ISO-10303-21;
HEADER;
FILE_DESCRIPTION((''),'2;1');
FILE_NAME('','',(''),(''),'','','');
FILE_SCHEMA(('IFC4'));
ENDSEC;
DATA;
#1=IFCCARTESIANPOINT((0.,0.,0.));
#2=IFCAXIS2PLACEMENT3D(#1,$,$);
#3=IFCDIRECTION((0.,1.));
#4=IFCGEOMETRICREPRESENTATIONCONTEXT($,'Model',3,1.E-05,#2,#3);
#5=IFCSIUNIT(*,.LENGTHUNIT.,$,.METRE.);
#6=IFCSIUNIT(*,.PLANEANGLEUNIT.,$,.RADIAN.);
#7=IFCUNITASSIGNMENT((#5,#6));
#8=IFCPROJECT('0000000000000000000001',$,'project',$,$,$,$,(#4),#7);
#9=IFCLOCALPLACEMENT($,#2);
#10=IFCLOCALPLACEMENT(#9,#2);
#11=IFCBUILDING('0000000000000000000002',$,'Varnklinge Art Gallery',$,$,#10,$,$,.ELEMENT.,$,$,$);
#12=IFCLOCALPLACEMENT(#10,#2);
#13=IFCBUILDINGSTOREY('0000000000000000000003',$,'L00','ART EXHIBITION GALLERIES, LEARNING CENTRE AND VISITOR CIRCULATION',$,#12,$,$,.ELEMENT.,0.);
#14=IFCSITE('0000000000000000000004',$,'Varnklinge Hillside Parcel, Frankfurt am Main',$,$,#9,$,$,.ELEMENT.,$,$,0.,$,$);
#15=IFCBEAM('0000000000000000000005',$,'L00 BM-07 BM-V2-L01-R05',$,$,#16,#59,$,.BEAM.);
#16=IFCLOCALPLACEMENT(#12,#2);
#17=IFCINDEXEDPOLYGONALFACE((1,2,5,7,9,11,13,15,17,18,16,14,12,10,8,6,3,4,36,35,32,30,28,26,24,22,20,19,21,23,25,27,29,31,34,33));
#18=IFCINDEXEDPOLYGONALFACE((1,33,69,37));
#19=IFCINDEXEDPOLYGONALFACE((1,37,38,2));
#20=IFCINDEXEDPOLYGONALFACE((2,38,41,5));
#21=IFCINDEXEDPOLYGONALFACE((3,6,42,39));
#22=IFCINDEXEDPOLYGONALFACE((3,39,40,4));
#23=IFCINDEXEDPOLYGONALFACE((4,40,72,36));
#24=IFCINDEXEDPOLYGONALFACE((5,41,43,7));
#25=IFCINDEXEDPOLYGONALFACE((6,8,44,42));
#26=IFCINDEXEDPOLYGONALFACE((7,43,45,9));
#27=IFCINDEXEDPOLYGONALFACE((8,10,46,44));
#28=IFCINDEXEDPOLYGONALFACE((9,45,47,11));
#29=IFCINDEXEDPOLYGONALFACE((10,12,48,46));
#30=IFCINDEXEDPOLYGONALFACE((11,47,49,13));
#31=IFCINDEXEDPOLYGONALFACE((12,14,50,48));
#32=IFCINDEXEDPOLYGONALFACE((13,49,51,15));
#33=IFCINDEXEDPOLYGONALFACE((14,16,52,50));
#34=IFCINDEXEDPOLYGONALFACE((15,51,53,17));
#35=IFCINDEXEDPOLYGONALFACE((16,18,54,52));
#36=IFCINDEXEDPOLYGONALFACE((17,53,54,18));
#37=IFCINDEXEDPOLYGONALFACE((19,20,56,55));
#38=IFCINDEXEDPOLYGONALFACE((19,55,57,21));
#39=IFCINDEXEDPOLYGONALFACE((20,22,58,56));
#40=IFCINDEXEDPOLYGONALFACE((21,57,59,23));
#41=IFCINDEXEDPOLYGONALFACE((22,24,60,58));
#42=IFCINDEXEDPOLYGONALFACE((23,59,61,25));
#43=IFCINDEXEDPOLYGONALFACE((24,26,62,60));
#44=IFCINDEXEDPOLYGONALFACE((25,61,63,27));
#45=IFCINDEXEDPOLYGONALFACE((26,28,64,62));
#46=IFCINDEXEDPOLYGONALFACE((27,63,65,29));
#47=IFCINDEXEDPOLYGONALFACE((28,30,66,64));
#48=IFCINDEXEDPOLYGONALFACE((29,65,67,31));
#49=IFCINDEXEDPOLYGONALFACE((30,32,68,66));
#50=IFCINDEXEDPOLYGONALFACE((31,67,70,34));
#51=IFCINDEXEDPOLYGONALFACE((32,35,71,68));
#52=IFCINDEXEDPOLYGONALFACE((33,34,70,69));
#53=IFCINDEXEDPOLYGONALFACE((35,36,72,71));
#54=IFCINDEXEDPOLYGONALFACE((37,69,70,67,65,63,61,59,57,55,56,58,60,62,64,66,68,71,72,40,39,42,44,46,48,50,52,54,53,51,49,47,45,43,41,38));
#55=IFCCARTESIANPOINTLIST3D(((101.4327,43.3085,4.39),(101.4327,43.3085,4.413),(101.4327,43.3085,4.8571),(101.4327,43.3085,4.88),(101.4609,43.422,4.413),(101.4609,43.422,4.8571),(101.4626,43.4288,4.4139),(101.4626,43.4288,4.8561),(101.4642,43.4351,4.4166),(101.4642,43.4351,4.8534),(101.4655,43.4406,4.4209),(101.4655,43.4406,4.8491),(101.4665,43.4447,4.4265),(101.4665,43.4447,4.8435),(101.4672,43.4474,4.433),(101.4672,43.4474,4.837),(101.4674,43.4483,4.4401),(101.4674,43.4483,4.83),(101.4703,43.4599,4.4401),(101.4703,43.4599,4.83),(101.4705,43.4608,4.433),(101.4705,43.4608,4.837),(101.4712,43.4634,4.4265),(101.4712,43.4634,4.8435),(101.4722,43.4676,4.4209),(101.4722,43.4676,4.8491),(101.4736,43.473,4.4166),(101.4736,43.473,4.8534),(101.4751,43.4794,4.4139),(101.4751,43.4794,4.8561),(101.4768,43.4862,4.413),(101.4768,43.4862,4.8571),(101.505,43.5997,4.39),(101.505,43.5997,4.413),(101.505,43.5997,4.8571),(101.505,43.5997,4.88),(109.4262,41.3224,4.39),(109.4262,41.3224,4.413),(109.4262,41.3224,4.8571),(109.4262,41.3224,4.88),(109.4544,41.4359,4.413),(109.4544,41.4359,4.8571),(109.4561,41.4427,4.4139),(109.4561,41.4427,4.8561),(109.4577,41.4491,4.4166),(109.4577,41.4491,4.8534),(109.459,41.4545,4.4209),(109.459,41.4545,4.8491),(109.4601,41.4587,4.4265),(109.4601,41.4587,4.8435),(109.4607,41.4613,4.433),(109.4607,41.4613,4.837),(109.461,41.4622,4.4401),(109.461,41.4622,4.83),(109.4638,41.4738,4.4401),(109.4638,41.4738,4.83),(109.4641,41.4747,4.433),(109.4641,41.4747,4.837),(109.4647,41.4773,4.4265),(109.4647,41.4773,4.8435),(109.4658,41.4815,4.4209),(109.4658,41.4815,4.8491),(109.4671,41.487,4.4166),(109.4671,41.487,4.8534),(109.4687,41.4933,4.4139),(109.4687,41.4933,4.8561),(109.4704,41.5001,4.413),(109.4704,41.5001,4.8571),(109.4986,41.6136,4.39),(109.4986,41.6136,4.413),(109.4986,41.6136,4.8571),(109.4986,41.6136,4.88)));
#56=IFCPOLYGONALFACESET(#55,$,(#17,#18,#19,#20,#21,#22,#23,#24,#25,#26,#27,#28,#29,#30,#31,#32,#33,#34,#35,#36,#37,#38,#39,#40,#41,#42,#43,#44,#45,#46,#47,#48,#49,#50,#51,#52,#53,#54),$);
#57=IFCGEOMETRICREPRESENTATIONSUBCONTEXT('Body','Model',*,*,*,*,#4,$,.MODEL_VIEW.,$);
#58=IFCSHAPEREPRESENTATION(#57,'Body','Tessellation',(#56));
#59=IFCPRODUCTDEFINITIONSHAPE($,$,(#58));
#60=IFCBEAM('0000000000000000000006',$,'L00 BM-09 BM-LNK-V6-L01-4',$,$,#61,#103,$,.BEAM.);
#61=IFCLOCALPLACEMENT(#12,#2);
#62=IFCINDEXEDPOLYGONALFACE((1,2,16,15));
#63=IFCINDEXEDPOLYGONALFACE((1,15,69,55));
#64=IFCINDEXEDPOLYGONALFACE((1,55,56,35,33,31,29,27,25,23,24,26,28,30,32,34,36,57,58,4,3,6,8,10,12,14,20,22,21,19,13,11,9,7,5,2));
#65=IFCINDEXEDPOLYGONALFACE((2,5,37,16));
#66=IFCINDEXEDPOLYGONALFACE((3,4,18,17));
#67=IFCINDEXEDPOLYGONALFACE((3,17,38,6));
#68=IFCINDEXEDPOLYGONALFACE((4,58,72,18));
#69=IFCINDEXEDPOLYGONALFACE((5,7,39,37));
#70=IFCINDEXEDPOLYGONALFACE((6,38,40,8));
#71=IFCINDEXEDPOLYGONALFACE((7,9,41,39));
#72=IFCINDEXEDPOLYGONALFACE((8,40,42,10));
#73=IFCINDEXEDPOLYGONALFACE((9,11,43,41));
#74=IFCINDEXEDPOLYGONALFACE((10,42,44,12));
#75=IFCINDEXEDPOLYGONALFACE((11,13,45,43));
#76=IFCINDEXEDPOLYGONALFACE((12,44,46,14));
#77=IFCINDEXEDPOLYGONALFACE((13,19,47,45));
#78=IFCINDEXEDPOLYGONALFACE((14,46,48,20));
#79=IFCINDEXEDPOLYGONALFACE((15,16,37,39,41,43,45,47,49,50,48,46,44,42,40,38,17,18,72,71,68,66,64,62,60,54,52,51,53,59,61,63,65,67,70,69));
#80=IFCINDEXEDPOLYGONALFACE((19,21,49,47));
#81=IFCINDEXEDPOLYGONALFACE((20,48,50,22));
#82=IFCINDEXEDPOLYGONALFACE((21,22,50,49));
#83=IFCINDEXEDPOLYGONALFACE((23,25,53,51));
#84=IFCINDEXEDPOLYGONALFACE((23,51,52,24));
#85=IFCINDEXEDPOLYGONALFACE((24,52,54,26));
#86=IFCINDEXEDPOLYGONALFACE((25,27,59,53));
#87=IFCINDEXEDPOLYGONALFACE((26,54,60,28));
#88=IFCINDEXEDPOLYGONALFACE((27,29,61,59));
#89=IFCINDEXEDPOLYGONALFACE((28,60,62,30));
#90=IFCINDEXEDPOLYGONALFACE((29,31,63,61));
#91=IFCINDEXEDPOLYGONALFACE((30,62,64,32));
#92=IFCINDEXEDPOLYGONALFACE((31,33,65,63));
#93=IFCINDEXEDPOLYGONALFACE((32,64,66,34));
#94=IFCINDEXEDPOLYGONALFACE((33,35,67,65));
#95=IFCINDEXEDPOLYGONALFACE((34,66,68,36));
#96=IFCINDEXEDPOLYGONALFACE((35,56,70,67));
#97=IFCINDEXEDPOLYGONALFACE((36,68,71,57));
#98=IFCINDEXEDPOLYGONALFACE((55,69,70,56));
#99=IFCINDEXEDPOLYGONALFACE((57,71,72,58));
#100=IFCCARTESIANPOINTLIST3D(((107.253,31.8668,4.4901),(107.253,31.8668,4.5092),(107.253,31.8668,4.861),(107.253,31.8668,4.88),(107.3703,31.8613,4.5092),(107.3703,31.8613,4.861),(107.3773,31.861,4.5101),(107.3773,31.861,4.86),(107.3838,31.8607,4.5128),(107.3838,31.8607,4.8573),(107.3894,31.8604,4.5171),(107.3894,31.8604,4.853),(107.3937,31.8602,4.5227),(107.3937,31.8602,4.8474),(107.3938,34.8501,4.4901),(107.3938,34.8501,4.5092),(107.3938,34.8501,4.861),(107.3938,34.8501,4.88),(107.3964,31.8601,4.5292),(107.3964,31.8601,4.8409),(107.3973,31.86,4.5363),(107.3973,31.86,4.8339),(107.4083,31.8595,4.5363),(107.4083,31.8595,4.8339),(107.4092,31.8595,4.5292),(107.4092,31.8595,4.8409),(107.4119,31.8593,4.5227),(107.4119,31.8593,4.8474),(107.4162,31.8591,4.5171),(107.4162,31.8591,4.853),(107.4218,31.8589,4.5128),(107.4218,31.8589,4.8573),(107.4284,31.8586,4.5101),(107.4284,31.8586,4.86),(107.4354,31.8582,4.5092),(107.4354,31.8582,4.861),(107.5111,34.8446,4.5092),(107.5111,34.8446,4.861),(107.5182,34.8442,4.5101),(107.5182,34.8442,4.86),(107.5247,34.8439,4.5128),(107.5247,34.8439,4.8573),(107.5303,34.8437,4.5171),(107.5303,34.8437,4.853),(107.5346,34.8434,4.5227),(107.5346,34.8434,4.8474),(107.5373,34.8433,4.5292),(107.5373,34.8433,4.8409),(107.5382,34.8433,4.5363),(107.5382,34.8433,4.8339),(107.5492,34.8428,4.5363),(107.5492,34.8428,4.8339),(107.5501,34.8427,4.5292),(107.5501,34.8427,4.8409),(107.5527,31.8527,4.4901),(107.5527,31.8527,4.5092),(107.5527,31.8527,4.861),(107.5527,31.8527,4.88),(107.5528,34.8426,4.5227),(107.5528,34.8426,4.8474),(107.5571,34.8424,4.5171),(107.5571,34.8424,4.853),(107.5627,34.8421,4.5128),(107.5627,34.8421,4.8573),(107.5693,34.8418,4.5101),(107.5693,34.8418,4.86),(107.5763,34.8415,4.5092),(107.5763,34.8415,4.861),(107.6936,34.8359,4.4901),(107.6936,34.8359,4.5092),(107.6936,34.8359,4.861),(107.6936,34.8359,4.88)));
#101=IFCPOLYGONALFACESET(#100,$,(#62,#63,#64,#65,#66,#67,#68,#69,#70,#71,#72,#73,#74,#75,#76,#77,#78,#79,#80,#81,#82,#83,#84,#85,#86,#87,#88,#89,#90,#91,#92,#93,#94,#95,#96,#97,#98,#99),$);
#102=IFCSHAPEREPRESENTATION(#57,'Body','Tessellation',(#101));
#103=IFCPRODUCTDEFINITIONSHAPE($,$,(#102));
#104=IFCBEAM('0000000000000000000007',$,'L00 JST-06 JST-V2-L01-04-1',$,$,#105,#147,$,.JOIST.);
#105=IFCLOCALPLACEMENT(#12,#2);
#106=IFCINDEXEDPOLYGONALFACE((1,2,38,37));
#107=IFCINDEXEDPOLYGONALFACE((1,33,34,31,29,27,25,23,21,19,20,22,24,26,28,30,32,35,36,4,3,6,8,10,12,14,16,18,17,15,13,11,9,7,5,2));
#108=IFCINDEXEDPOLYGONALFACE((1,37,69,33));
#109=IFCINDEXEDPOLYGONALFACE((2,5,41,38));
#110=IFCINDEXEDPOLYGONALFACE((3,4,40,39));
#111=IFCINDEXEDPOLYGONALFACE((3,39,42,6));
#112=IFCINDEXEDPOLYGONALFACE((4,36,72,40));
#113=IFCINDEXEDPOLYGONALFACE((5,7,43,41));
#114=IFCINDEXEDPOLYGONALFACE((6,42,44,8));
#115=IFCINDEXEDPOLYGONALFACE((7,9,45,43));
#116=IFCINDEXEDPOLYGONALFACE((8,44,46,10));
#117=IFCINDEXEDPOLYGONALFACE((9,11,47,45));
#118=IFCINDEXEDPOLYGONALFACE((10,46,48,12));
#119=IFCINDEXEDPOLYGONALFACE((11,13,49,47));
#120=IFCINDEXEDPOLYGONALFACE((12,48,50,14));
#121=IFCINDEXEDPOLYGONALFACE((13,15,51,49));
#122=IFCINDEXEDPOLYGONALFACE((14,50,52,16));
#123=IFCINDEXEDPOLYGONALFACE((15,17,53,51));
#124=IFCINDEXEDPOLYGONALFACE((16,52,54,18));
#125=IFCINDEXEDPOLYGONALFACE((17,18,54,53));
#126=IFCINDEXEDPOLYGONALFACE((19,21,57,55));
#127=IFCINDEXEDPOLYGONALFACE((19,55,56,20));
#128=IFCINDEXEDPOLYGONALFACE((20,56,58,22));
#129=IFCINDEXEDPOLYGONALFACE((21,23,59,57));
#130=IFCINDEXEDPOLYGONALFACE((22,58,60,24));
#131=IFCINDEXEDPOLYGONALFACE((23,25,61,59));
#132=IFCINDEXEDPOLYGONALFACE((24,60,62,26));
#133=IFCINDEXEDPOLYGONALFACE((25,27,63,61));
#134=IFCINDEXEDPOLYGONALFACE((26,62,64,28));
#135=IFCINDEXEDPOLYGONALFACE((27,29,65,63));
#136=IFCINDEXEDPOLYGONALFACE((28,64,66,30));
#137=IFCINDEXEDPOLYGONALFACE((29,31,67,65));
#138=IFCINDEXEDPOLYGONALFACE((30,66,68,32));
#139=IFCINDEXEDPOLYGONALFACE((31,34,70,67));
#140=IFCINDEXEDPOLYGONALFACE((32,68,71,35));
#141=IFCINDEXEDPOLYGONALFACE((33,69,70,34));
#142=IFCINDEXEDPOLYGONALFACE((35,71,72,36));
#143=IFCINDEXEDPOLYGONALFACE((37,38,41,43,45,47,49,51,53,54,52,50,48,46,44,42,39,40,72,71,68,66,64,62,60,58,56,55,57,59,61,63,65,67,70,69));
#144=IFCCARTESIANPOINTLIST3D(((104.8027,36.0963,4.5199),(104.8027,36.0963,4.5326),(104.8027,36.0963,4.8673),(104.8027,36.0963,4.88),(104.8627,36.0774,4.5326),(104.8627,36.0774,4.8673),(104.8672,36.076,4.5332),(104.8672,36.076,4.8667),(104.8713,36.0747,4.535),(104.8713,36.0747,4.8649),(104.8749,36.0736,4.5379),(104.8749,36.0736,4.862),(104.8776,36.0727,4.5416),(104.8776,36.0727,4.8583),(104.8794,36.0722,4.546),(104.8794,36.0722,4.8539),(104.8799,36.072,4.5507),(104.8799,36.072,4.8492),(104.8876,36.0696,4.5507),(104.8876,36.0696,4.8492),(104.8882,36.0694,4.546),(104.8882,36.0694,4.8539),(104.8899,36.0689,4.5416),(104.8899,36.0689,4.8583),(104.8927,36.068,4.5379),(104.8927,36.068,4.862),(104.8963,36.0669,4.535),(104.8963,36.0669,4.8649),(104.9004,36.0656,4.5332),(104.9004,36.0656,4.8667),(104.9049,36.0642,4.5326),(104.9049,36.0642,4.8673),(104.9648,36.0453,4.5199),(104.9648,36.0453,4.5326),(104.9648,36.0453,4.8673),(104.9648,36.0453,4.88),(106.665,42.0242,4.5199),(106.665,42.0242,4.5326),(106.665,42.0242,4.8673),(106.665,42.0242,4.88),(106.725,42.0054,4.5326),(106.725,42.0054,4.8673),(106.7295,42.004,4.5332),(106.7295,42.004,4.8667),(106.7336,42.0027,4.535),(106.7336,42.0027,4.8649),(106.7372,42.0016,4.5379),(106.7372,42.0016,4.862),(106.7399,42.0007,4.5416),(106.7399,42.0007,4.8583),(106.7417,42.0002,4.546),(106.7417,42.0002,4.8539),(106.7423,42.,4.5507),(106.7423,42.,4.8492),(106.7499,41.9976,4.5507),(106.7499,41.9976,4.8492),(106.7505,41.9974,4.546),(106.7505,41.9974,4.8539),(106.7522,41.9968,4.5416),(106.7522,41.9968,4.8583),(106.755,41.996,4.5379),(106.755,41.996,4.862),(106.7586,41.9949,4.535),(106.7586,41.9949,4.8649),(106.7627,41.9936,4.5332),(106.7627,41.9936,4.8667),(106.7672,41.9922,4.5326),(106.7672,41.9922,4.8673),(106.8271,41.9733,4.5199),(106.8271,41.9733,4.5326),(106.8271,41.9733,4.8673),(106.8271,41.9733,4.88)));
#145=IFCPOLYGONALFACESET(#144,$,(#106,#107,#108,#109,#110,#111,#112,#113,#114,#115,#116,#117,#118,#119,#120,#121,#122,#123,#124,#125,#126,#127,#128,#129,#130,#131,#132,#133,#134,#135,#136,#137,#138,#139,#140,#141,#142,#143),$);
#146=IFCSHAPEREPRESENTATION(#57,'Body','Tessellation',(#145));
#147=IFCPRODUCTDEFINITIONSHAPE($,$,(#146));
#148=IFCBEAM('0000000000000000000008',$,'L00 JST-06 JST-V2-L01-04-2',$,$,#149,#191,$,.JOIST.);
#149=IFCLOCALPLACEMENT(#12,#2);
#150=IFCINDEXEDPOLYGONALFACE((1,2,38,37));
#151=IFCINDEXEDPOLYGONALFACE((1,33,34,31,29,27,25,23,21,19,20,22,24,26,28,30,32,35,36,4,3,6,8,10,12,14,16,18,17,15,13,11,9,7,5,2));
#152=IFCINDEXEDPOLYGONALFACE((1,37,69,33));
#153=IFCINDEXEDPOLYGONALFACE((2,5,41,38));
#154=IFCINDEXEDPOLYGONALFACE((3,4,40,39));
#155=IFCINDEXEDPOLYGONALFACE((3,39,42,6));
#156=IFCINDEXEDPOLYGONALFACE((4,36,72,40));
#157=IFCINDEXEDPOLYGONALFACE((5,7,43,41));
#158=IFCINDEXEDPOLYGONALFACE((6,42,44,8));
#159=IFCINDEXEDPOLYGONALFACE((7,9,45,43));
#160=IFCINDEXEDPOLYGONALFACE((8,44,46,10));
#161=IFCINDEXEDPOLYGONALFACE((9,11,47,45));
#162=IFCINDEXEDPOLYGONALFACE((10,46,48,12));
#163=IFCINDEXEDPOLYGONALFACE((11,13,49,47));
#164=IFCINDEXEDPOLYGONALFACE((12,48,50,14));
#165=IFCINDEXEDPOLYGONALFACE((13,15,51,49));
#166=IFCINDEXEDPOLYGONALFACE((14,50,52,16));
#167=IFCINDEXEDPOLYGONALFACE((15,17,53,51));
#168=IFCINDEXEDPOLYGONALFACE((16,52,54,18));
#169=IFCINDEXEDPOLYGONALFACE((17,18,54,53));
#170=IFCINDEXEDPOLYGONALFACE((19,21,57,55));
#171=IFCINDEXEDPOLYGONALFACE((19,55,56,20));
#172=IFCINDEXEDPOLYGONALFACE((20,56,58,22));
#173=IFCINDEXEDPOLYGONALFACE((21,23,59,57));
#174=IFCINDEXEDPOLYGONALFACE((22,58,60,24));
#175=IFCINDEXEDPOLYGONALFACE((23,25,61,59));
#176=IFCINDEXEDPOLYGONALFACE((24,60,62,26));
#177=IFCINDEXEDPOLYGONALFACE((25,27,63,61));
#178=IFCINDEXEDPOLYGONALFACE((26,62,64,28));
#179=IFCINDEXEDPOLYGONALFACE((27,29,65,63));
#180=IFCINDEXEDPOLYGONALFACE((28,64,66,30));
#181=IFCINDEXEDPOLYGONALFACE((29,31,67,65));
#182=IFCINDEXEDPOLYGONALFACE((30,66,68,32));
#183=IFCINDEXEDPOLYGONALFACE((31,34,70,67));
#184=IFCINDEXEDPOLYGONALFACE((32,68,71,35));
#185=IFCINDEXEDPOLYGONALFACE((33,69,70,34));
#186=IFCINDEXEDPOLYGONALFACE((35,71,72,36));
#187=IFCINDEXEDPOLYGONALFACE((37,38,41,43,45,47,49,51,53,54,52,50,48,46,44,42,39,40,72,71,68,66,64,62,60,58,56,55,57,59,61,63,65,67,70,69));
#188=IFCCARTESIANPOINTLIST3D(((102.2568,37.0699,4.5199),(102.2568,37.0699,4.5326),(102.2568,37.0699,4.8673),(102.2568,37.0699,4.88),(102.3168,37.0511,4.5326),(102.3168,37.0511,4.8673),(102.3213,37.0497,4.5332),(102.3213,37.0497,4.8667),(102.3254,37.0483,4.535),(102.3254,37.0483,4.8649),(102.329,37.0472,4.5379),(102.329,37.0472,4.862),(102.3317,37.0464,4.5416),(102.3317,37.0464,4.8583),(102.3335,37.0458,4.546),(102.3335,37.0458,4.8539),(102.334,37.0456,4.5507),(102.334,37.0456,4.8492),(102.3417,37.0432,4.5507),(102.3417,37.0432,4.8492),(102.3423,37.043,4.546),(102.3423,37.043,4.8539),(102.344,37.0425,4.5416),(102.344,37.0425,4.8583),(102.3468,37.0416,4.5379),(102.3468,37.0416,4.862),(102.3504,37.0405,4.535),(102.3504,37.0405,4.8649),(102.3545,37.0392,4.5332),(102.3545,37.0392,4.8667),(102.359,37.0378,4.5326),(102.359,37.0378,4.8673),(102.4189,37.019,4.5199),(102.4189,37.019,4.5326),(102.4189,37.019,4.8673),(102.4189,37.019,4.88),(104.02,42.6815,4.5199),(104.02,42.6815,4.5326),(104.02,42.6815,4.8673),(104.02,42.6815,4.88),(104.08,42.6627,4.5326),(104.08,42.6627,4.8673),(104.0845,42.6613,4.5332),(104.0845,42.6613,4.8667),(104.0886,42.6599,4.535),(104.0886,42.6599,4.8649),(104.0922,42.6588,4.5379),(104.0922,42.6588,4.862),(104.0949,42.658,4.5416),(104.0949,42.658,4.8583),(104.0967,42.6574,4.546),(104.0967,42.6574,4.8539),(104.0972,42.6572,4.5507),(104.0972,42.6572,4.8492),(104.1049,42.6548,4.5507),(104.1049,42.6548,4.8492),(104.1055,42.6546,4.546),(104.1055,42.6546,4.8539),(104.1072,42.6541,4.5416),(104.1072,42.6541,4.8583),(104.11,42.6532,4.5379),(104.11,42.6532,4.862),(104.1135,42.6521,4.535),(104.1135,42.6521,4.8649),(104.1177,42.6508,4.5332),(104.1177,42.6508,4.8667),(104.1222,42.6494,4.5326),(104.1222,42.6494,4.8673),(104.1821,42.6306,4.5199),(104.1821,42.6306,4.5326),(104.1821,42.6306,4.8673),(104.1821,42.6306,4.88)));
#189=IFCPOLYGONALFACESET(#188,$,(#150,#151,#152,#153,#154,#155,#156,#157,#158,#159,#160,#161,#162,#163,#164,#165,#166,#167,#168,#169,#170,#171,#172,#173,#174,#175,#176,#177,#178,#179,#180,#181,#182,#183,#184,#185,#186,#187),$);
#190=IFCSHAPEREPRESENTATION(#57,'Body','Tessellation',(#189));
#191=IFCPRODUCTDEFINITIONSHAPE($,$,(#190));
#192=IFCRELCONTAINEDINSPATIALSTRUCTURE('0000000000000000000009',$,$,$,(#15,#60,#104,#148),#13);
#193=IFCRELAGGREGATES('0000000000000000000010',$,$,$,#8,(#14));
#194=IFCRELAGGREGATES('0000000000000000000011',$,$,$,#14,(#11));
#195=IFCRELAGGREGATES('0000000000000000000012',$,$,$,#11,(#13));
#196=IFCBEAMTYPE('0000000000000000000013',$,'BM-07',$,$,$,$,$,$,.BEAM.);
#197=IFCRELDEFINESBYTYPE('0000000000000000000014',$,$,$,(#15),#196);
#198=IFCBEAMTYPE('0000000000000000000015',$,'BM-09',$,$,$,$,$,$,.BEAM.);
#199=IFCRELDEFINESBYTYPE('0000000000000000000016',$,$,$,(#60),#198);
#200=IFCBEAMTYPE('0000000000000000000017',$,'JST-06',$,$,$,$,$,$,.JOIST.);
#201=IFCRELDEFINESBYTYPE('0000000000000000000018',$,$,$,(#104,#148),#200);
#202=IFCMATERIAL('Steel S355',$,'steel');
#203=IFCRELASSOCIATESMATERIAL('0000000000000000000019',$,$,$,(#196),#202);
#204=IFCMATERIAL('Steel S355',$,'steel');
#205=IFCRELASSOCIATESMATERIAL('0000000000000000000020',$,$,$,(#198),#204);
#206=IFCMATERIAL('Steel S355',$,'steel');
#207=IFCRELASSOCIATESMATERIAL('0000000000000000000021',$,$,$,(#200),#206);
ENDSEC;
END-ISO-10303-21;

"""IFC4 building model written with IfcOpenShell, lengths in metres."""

from ifc_helpers import new_model, si_unit, direction, frame, origin, origin_2d, place, context, subcontext, project, spatial, i_section, extrude, material, material_profile, profile_set, type_object, element, save


model = new_model("IFC4")

# Units and contexts
model_context = context("Model", 3, precision=1e-05, world=origin(), true_north=direction((0.0, 1.0)))
body_context = subcontext(model_context, "Body", "Model", "MODEL_VIEW")
ifc_project = project(units=[si_unit("LENGTHUNIT", "METRE"), si_unit("PLANEANGLEUNIT", "RADIAN")], contexts=[model_context])

# Site, building, storey
site_placement = place(None, origin())
site = spatial("IfcSite", under=ifc_project, at=site_placement, Name="Varnklinge Hillside Parcel, Frankfurt am Main", CompositionType="ELEMENT", RefElevation=0.0)
building_placement = place(site_placement, origin())
building = spatial("IfcBuilding", under=site, at=building_placement, Name="Varnklinge Art Gallery", CompositionType="ELEMENT")
storey_placement = place(building_placement, origin())
storey = spatial("IfcBuildingStorey", under=building, at=storey_placement, Name="L00", Description="ART EXHIBITION GALLERIES, LEARNING CENTRE AND VISITOR CIRCULATION", CompositionType="ELEMENT", Elevation=0.0)

# Beams
ifc_material_1 = material(Name="Steel S355", Category="steel")
ifc_material_profile_1 = material_profile(ifc_material_1, i_section(OverallWidth=0.3, OverallDepth=0.49, WebThickness=0.012, FlangeThickness=0.0229, FilletRadius=0.0271, at=origin_2d()), Name="HEA 500")
ifc_profile_set_1 = profile_set([ifc_material_profile_1], Name="Steel S355")
beam_type_1 = type_object("IfcBeamType", Name="BM-07", PredefinedType="BEAM", material=ifc_profile_set_1)
beam_1_placement = place(storey_placement, frame((109.4624, 41.468, 4.635), z_axis=(-0.970494, 0.241127, 0.0), x_axis=(-0.241127, -0.970494, 0.0)))
element("IfcBeam", 1, at=beam_1_placement, inside=storey, type_object=beam_type_1, Name="L00 BM-07 BM-V2-L01-R05", PredefinedType="BEAM", context=body_context, shape_type="SweptSolid", body=[
    extrude(i_section(OverallWidth=0.3, OverallDepth=0.49, WebThickness=0.012, FlangeThickness=0.0229, FilletRadius=0.0271, at=origin_2d()), origin(), (0.0, 0.0, 1.0), 8.2366),
])
ifc_material_2 = material(Name="Steel S355", Category="steel")
ifc_material_profile_2 = material_profile(ifc_material_2, i_section(OverallWidth=0.3, OverallDepth=0.3899, WebThickness=0.011, FlangeThickness=0.019, FilletRadius=0.0271, at=origin_2d()), Name="HEA 400")
ifc_profile_set_2 = profile_set([ifc_material_profile_2], Name="Steel S355")
beam_type_2 = type_object("IfcBeamType", Name="BM-09", PredefinedType="BEAM", material=ifc_profile_set_2)
beam_2_placement = place(storey_placement, frame((107.5437, 34.843, 4.6851), z_axis=(-0.047169, -0.998887, 0.0), x_axis=(0.998887, -0.047169, 0.0)))
element("IfcBeam", 2, at=beam_2_placement, inside=storey, type_object=beam_type_2, Name="L00 BM-09 BM-LNK-V6-L01-4", PredefinedType="BEAM", context=body_context, shape_type="SweptSolid", body=[
    extrude(i_section(OverallWidth=0.3, OverallDepth=0.3899, WebThickness=0.011, FlangeThickness=0.019, FilletRadius=0.0271, at=origin_2d()), origin(), (0.0, 0.0, 1.0), 2.9866),
])
ifc_material_3 = material(Name="Steel S355", Category="steel")
ifc_material_profile_3 = material_profile(ifc_material_3, i_section(OverallWidth=0.1699, OverallDepth=0.3601, WebThickness=0.0081, FlangeThickness=0.0127, FilletRadius=0.0181, at=origin_2d()), Name="IPE 360")
ifc_profile_set_3 = profile_set([ifc_material_profile_3], Name="Steel S355")
beam_type_3 = type_object("IfcBeamType", Name="JST-06", PredefinedType="JOIST", material=ifc_profile_set_3)
beam_3_placement = place(storey_placement, frame((104.8838, 36.0708, 4.7), z_axis=(0.299713, 0.954029, 0.0), x_axis=(-0.954029, 0.299713, 0.0)))
element("IfcBeam", 3, at=beam_3_placement, inside=storey, type_object=beam_type_3, Name="L00 JST-06 JST-V2-L01-04-1", PredefinedType="JOIST", context=body_context, shape_type="SweptSolid", body=[
    extrude(i_section(OverallWidth=0.1699, OverallDepth=0.3601, WebThickness=0.0081, FlangeThickness=0.0127, FilletRadius=0.0181, at=origin_2d()), origin(), (0.0, 0.0, 1.0), 6.2136),
])
beam_4_placement = place(storey_placement, frame((102.3379, 37.0444, 4.7), z_axis=(0.299756, 0.954016, 0.0), x_axis=(-0.954016, 0.299756, 0.0)))
element("IfcBeam", 4, at=beam_4_placement, inside=storey, type_object=beam_type_3, Name="L00 JST-06 JST-V2-L01-04-2", PredefinedType="JOIST", context=body_context, shape_type="SweptSolid", body=[
    extrude(i_section(OverallWidth=0.1699, OverallDepth=0.3601, WebThickness=0.0081, FlangeThickness=0.0127, FilletRadius=0.0181, at=origin_2d()), origin(), (0.0, 0.0, 1.0), 5.8821),
])

save(model, "model.ifc")
